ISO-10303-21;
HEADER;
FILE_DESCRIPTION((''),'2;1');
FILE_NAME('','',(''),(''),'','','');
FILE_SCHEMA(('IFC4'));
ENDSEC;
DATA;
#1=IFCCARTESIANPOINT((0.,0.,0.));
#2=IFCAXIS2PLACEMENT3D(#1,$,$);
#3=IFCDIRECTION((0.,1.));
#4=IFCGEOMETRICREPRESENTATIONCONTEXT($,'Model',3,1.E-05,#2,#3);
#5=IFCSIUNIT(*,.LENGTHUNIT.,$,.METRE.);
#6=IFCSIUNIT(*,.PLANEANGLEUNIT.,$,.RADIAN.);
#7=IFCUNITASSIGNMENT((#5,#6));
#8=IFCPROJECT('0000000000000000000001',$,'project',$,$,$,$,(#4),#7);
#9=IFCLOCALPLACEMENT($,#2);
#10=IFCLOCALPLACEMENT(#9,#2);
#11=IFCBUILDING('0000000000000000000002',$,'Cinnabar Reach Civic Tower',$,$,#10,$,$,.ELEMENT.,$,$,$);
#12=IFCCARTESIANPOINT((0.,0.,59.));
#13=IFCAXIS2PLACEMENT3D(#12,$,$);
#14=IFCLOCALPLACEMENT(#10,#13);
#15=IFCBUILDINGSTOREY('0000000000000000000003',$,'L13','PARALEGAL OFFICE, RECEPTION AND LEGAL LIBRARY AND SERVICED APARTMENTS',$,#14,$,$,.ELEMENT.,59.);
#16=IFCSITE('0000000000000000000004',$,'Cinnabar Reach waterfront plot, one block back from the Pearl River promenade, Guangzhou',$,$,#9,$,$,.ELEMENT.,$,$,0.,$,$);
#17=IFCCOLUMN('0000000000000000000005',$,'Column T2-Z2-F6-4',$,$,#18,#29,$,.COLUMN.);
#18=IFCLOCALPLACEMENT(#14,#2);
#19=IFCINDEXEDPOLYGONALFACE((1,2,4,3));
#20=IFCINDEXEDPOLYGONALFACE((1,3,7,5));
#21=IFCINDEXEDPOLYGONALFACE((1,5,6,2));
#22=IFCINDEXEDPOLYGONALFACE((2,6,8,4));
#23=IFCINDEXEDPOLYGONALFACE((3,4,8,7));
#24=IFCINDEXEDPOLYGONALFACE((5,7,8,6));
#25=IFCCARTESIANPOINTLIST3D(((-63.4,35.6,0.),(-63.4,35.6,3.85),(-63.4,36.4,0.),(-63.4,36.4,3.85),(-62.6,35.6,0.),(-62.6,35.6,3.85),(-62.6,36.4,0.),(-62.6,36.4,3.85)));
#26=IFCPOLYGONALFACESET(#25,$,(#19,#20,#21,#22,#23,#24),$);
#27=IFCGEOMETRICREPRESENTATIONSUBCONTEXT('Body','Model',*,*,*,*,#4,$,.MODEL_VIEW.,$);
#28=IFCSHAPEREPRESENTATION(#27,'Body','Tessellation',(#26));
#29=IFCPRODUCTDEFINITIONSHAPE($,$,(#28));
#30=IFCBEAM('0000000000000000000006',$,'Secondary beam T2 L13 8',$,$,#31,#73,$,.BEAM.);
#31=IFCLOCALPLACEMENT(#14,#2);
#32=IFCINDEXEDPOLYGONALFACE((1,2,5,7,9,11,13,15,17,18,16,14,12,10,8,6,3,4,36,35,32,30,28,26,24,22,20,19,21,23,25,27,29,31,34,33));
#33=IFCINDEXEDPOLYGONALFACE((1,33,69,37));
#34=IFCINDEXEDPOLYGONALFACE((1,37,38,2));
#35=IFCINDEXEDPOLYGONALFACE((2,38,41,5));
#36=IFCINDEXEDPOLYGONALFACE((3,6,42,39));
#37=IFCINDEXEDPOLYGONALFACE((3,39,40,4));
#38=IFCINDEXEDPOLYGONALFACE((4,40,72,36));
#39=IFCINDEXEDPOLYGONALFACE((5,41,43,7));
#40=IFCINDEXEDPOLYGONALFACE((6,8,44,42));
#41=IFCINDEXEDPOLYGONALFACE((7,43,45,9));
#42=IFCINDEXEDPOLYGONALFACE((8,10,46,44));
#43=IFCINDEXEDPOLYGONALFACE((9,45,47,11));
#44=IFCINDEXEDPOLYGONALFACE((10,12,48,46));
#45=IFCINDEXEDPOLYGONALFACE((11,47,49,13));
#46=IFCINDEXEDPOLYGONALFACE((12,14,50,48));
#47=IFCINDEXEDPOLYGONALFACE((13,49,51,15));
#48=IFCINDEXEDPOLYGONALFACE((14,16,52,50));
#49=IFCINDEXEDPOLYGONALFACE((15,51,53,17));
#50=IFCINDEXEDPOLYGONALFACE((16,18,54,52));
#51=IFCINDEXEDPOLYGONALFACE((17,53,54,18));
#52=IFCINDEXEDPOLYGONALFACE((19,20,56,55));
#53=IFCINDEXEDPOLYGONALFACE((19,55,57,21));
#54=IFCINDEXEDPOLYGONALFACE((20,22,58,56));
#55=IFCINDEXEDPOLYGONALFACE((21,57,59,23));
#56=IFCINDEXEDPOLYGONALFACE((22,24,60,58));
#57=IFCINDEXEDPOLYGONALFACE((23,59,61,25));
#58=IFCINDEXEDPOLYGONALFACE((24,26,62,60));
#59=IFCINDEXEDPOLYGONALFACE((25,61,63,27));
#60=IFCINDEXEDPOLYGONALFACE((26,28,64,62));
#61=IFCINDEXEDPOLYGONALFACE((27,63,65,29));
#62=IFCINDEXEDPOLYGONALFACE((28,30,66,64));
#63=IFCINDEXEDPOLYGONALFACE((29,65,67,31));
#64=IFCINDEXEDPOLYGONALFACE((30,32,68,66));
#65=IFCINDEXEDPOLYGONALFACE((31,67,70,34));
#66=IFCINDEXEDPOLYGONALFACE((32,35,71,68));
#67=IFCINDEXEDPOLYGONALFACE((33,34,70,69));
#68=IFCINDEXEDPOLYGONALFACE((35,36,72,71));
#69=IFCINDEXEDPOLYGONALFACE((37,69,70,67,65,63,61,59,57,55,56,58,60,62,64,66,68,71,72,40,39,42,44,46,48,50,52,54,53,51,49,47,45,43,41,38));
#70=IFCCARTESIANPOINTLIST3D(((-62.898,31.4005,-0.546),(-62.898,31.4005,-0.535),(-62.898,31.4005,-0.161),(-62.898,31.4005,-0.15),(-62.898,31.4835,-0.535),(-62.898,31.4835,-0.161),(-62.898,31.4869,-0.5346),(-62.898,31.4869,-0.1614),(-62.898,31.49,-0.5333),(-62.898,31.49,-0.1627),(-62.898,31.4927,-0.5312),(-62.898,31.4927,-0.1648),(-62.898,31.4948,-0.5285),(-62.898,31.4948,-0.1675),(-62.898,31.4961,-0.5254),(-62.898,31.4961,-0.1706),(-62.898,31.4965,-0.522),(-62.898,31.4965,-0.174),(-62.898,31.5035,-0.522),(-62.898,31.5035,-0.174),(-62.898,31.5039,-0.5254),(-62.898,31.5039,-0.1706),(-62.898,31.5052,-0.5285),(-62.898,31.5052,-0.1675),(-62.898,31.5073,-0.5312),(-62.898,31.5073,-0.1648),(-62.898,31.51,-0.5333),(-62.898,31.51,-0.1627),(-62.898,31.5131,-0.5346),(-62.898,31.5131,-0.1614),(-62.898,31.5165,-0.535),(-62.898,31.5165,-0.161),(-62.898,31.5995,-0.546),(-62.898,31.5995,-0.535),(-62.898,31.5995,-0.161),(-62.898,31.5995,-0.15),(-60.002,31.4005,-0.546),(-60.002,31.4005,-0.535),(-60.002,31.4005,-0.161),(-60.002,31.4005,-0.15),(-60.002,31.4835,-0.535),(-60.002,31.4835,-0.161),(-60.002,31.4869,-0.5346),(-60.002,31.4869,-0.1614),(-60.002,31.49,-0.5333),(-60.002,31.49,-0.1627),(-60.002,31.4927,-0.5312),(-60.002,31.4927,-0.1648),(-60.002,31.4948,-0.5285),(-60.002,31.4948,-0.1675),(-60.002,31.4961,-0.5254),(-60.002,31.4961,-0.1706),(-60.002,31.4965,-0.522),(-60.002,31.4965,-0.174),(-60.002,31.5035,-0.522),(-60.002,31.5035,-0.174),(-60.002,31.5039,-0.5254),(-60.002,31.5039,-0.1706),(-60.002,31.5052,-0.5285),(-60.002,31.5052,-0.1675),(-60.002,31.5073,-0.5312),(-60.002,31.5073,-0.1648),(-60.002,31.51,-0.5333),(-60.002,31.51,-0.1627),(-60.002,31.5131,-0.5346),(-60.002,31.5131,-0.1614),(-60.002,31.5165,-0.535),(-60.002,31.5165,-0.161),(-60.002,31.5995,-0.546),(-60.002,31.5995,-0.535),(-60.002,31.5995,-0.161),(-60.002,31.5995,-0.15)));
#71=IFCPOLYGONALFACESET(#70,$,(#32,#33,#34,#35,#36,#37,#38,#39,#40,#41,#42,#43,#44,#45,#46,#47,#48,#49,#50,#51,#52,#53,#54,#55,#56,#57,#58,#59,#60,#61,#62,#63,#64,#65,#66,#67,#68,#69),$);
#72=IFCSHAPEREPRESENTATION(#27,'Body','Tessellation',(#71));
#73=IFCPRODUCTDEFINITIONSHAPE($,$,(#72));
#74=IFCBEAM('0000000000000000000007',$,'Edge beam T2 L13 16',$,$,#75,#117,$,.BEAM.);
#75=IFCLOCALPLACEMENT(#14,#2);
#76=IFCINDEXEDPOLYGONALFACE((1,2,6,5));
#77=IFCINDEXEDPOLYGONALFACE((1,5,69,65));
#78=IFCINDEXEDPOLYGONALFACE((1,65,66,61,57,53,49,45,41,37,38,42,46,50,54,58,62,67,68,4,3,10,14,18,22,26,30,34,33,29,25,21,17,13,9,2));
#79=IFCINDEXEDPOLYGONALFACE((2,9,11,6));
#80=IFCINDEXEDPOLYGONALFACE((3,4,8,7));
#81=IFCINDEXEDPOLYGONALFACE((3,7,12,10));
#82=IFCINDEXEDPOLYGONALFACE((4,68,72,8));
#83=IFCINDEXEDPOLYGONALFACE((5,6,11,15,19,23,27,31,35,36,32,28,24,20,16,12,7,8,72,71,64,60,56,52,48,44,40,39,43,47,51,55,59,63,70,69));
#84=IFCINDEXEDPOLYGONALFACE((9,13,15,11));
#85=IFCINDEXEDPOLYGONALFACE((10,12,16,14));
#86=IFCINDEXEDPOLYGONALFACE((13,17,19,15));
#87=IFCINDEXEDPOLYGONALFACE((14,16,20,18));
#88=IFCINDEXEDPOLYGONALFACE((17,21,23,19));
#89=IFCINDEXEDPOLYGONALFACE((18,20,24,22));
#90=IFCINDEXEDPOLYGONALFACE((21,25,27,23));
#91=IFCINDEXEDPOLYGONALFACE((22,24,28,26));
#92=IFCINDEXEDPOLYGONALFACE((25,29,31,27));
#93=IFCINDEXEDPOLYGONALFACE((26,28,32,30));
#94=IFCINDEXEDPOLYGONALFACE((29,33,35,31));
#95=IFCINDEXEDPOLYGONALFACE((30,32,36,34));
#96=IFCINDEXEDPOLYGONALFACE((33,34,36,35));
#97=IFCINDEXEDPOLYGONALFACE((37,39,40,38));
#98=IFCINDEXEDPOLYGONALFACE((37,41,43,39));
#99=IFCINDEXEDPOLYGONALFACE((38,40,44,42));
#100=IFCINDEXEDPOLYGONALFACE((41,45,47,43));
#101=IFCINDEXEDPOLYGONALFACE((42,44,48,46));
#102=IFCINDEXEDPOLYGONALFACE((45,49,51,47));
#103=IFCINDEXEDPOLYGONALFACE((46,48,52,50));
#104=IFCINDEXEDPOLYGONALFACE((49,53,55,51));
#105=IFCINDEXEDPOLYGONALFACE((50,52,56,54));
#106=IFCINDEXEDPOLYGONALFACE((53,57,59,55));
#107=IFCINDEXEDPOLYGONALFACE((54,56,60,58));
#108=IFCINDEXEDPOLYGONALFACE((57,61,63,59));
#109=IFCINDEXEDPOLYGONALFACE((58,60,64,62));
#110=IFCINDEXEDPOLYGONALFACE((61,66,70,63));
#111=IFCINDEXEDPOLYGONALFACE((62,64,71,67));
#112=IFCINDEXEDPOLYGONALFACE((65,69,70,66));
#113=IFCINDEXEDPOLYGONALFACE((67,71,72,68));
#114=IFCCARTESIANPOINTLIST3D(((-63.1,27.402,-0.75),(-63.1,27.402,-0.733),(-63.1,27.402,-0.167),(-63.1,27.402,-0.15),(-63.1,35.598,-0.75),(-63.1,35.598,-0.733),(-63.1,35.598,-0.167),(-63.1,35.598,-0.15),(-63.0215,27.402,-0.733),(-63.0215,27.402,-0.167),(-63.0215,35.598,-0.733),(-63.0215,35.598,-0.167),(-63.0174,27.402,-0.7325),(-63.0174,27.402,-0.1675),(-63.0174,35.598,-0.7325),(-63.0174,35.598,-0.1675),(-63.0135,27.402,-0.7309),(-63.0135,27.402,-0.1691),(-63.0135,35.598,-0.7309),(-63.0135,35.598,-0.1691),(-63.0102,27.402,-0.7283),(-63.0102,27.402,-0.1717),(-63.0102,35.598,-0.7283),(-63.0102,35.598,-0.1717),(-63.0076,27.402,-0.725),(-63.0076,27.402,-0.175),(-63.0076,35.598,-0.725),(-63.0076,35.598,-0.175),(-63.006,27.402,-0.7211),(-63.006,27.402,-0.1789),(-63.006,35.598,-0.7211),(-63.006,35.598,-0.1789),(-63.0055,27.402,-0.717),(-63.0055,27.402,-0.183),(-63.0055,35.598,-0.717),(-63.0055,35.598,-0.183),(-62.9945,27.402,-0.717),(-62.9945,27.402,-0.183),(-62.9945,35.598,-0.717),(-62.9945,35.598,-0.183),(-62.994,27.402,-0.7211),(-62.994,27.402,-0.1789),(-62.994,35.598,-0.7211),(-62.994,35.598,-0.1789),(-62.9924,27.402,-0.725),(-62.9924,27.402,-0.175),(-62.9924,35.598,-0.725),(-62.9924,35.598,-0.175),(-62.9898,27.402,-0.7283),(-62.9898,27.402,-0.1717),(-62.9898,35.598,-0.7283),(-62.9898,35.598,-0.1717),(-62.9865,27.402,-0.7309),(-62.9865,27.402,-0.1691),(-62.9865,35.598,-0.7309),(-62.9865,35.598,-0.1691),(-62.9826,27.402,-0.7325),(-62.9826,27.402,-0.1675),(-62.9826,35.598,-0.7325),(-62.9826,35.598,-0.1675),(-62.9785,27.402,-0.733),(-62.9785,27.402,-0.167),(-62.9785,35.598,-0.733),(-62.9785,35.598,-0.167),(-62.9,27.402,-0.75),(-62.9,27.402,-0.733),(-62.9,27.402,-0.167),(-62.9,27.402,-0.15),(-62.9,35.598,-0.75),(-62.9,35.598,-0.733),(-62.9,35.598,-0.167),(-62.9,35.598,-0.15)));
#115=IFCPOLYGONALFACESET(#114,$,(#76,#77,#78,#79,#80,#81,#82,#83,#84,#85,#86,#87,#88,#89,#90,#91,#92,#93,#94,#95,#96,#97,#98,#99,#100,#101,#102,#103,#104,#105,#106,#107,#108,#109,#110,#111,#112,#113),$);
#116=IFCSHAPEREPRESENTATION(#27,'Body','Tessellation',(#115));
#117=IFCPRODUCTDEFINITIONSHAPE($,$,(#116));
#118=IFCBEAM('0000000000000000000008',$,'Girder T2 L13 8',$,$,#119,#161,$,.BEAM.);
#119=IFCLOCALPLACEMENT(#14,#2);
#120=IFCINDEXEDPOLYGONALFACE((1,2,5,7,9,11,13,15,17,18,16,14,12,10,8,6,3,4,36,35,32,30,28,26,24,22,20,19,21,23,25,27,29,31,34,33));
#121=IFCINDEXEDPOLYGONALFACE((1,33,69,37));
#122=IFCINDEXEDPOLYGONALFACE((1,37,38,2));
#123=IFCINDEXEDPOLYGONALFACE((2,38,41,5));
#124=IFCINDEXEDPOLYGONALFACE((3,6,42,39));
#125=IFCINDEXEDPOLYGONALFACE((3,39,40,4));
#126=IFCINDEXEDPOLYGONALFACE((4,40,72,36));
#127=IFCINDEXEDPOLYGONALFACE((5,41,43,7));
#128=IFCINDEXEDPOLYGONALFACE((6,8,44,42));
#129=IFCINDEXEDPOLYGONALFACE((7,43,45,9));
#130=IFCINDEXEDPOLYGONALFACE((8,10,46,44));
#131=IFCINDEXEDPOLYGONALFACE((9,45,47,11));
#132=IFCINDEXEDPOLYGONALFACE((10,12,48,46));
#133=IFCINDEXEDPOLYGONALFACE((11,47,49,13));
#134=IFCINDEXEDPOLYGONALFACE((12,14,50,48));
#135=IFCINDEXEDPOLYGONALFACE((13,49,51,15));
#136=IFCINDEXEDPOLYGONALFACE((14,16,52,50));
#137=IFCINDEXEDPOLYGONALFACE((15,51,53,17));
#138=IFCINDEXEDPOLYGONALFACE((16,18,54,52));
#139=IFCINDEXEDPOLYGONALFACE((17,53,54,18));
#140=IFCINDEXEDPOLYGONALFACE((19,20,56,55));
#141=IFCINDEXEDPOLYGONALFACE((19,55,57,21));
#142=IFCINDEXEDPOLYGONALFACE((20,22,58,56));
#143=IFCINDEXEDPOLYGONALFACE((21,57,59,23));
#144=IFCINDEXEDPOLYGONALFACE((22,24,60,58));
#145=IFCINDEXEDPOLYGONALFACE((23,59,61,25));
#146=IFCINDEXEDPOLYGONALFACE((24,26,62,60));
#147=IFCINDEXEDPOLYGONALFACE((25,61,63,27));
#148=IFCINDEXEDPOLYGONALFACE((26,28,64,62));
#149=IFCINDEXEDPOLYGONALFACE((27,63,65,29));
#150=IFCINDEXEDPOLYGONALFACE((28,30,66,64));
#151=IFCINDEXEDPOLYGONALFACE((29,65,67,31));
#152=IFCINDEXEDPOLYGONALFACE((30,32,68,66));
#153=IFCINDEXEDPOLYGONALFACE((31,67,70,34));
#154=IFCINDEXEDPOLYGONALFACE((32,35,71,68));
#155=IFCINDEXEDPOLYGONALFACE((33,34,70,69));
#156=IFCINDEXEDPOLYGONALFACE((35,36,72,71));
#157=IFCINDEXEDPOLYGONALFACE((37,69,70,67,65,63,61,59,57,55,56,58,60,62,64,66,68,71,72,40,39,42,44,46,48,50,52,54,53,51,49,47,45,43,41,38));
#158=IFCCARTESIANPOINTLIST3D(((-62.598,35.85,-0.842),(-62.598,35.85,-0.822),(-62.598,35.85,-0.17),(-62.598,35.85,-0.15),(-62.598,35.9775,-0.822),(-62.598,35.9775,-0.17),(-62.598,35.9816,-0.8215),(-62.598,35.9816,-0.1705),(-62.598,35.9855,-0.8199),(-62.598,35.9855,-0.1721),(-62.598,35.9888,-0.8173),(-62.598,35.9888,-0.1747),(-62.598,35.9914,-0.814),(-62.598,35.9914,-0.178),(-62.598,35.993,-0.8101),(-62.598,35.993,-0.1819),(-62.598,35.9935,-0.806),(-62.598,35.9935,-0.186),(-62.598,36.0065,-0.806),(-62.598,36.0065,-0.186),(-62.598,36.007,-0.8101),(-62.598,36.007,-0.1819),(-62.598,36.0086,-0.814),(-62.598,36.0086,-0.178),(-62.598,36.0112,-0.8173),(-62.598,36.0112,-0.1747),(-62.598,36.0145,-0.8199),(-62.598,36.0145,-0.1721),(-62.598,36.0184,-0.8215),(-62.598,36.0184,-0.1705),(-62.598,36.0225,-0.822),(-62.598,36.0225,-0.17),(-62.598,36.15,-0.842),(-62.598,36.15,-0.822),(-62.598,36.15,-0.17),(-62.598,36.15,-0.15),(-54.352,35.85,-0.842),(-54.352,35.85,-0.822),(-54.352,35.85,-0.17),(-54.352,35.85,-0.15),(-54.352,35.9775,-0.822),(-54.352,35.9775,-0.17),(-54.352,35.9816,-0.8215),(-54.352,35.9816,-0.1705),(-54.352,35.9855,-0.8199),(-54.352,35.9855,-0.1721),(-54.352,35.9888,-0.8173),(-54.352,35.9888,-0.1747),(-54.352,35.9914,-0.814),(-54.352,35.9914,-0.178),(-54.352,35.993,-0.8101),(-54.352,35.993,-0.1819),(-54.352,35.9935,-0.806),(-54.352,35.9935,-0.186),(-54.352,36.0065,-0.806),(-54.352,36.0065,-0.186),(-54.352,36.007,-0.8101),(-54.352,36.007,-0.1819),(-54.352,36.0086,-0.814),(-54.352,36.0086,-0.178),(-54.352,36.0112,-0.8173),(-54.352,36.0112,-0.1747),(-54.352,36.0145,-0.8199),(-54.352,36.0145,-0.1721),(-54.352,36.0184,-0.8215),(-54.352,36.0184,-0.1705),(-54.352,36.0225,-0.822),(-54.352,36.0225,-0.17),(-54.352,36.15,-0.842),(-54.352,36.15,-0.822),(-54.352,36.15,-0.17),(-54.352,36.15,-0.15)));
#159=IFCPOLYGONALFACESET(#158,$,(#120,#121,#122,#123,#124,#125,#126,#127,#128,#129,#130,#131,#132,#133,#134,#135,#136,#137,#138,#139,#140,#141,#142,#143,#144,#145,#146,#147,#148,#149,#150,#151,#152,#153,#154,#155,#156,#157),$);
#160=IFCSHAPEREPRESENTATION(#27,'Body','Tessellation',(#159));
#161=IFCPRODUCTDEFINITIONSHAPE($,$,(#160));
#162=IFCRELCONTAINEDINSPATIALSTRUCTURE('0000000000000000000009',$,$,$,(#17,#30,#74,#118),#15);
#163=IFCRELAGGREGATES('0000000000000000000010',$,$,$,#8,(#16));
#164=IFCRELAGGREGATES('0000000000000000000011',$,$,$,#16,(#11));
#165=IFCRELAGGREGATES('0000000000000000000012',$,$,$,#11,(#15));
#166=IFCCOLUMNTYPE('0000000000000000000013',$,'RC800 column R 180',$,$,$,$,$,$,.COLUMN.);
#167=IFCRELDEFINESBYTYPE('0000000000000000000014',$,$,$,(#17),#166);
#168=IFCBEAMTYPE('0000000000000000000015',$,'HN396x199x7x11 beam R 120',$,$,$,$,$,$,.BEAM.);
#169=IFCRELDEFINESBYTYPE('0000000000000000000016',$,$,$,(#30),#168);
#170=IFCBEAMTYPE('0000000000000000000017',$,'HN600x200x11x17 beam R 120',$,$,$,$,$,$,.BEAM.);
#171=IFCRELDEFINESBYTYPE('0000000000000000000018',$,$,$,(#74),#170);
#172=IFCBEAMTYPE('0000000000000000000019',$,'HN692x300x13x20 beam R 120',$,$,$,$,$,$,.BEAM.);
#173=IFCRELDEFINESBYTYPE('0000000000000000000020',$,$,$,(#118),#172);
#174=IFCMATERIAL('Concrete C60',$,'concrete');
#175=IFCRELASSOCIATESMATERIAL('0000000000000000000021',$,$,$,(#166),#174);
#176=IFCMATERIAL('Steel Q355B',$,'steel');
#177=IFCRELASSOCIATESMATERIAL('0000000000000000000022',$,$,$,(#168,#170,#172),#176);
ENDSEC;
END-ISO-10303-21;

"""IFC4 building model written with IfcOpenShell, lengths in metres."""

from ifc_helpers import new_model, si_unit, direction, frame, origin, origin_2d, place, context, subcontext, project, spatial, rectangle, i_section, extrude, material, material_profile, profile_set, type_object, element, save


model = new_model("IFC4")

# Units and contexts
model_context = context("Model", 3, precision=1e-05, world=origin(), true_north=direction((0.0, 1.0)))
body_context = subcontext(model_context, "Body", "Model", "MODEL_VIEW")
ifc_project = project(units=[si_unit("LENGTHUNIT", "METRE"), si_unit("PLANEANGLEUNIT", "RADIAN")], contexts=[model_context])

# Site, building, storey
site_placement = place(None, origin())
site = spatial("IfcSite", under=ifc_project, at=site_placement, Name="Cinnabar Reach waterfront plot, one block back from the Pearl River promenade, Guangzhou", CompositionType="ELEMENT", RefElevation=0.0)
building_placement = place(site_placement, origin())
building = spatial("IfcBuilding", under=site, at=building_placement, Name="Cinnabar Reach Civic Tower", CompositionType="ELEMENT")
storey_placement = place(building_placement, frame((0.0, 0.0, 59.0)))
storey = spatial("IfcBuildingStorey", under=building, at=storey_placement, Name="L13", Description="PARALEGAL OFFICE, RECEPTION AND LEGAL LIBRARY AND SERVICED APARTMENTS", CompositionType="ELEMENT", Elevation=59.0)

# Column
ifc_material_1 = material(Name="Concrete C60", Category="concrete")
ifc_material_profile_1 = material_profile(ifc_material_1, rectangle(XDim=0.8, YDim=0.8, at=origin_2d()), Name="RC800")
ifc_profile_set_1 = profile_set([ifc_material_profile_1], Name="Concrete C60")
column_type = type_object("IfcColumnType", Name="RC800 column R 180", PredefinedType="COLUMN", material=ifc_profile_set_1)
column_placement = place(storey_placement, frame((-63.0, 36.0, 0.0), z_axis=(0.0, 0.0, 1.0), x_axis=(1.0, 0.0, 0.0)))
element("IfcColumn", 1, at=column_placement, inside=storey, type_object=column_type, Name="Column T2-Z2-F6-4", PredefinedType="COLUMN", context=body_context, shape_type="SweptSolid", body=[
    extrude(rectangle(XDim=0.8, YDim=0.8, at=origin_2d()), origin(), (0.0, 0.0, 1.0), 3.85),
])

# Beams
ifc_material_2 = material(Name="Steel Q355B", Category="steel")
ifc_material_profile_2 = material_profile(ifc_material_2, i_section(OverallWidth=0.199, OverallDepth=0.396, WebThickness=0.007, FlangeThickness=0.011, FilletRadius=0.013, at=origin_2d()), Name="HN396x199x7x11")
ifc_profile_set_2 = profile_set([ifc_material_profile_2], Name="Steel Q355B")
beam_type_1 = type_object("IfcBeamType", Name="HN396x199x7x11 beam R 120", PredefinedType="BEAM", material=ifc_profile_set_2)
beam_1_placement = place(storey_placement, frame((-62.898, 31.5, -0.348), z_axis=(1.0, 0.0, 0.0), x_axis=(0.0, 1.0, 0.0)))
element("IfcBeam", 2, at=beam_1_placement, inside=storey, type_object=beam_type_1, Name="Secondary beam T2 L13 8", PredefinedType="BEAM", context=body_context, shape_type="SweptSolid", body=[
    extrude(i_section(OverallWidth=0.199, OverallDepth=0.396, WebThickness=0.007, FlangeThickness=0.011, FilletRadius=0.013, at=origin_2d()), origin(), (0.0, 0.0, 1.0), 2.896),
])
ifc_material_profile_3 = material_profile(ifc_material_2, i_section(OverallWidth=0.2, OverallDepth=0.6, WebThickness=0.011, FlangeThickness=0.017, FilletRadius=0.016, at=origin_2d()), Name="HN600x200x11x17")
ifc_profile_set_3 = profile_set([ifc_material_profile_3], Name="Steel Q355B")
beam_type_2 = type_object("IfcBeamType", Name="HN600x200x11x17 beam R 120", PredefinedType="BEAM", material=ifc_profile_set_3)
beam_2_placement = place(storey_placement, frame((-63.0, 35.598, -0.45), z_axis=(0.0, -1.0, 0.0), x_axis=(1.0, 0.0, 0.0)))
element("IfcBeam", 3, at=beam_2_placement, inside=storey, type_object=beam_type_2, Name="Edge beam T2 L13 16", PredefinedType="BEAM", context=body_context, shape_type="SweptSolid", body=[
    extrude(i_section(OverallWidth=0.2, OverallDepth=0.6, WebThickness=0.011, FlangeThickness=0.017, FilletRadius=0.016, at=origin_2d()), origin(), (0.0, 0.0, 1.0), 8.196),
])
ifc_material_profile_4 = material_profile(ifc_material_2, i_section(OverallWidth=0.3, OverallDepth=0.692, WebThickness=0.013, FlangeThickness=0.02, FilletRadius=0.016, at=origin_2d()), Name="HN692x300x13x20")
ifc_profile_set_4 = profile_set([ifc_material_profile_4], Name="Steel Q355B")
beam_type_3 = type_object("IfcBeamType", Name="HN692x300x13x20 beam R 120", PredefinedType="BEAM", material=ifc_profile_set_4)
beam_3_placement = place(storey_placement, frame((-62.598, 36.0, -0.496), z_axis=(1.0, 0.0, 0.0), x_axis=(0.0, 1.0, 0.0)))
element("IfcBeam", 4, at=beam_3_placement, inside=storey, type_object=beam_type_3, Name="Girder T2 L13 8", PredefinedType="BEAM", context=body_context, shape_type="SweptSolid", body=[
    extrude(i_section(OverallWidth=0.3, OverallDepth=0.692, WebThickness=0.013, FlangeThickness=0.02, FilletRadius=0.016, at=origin_2d()), origin(), (0.0, 0.0, 1.0), 8.246),
])

save(model, "model.ifc")
